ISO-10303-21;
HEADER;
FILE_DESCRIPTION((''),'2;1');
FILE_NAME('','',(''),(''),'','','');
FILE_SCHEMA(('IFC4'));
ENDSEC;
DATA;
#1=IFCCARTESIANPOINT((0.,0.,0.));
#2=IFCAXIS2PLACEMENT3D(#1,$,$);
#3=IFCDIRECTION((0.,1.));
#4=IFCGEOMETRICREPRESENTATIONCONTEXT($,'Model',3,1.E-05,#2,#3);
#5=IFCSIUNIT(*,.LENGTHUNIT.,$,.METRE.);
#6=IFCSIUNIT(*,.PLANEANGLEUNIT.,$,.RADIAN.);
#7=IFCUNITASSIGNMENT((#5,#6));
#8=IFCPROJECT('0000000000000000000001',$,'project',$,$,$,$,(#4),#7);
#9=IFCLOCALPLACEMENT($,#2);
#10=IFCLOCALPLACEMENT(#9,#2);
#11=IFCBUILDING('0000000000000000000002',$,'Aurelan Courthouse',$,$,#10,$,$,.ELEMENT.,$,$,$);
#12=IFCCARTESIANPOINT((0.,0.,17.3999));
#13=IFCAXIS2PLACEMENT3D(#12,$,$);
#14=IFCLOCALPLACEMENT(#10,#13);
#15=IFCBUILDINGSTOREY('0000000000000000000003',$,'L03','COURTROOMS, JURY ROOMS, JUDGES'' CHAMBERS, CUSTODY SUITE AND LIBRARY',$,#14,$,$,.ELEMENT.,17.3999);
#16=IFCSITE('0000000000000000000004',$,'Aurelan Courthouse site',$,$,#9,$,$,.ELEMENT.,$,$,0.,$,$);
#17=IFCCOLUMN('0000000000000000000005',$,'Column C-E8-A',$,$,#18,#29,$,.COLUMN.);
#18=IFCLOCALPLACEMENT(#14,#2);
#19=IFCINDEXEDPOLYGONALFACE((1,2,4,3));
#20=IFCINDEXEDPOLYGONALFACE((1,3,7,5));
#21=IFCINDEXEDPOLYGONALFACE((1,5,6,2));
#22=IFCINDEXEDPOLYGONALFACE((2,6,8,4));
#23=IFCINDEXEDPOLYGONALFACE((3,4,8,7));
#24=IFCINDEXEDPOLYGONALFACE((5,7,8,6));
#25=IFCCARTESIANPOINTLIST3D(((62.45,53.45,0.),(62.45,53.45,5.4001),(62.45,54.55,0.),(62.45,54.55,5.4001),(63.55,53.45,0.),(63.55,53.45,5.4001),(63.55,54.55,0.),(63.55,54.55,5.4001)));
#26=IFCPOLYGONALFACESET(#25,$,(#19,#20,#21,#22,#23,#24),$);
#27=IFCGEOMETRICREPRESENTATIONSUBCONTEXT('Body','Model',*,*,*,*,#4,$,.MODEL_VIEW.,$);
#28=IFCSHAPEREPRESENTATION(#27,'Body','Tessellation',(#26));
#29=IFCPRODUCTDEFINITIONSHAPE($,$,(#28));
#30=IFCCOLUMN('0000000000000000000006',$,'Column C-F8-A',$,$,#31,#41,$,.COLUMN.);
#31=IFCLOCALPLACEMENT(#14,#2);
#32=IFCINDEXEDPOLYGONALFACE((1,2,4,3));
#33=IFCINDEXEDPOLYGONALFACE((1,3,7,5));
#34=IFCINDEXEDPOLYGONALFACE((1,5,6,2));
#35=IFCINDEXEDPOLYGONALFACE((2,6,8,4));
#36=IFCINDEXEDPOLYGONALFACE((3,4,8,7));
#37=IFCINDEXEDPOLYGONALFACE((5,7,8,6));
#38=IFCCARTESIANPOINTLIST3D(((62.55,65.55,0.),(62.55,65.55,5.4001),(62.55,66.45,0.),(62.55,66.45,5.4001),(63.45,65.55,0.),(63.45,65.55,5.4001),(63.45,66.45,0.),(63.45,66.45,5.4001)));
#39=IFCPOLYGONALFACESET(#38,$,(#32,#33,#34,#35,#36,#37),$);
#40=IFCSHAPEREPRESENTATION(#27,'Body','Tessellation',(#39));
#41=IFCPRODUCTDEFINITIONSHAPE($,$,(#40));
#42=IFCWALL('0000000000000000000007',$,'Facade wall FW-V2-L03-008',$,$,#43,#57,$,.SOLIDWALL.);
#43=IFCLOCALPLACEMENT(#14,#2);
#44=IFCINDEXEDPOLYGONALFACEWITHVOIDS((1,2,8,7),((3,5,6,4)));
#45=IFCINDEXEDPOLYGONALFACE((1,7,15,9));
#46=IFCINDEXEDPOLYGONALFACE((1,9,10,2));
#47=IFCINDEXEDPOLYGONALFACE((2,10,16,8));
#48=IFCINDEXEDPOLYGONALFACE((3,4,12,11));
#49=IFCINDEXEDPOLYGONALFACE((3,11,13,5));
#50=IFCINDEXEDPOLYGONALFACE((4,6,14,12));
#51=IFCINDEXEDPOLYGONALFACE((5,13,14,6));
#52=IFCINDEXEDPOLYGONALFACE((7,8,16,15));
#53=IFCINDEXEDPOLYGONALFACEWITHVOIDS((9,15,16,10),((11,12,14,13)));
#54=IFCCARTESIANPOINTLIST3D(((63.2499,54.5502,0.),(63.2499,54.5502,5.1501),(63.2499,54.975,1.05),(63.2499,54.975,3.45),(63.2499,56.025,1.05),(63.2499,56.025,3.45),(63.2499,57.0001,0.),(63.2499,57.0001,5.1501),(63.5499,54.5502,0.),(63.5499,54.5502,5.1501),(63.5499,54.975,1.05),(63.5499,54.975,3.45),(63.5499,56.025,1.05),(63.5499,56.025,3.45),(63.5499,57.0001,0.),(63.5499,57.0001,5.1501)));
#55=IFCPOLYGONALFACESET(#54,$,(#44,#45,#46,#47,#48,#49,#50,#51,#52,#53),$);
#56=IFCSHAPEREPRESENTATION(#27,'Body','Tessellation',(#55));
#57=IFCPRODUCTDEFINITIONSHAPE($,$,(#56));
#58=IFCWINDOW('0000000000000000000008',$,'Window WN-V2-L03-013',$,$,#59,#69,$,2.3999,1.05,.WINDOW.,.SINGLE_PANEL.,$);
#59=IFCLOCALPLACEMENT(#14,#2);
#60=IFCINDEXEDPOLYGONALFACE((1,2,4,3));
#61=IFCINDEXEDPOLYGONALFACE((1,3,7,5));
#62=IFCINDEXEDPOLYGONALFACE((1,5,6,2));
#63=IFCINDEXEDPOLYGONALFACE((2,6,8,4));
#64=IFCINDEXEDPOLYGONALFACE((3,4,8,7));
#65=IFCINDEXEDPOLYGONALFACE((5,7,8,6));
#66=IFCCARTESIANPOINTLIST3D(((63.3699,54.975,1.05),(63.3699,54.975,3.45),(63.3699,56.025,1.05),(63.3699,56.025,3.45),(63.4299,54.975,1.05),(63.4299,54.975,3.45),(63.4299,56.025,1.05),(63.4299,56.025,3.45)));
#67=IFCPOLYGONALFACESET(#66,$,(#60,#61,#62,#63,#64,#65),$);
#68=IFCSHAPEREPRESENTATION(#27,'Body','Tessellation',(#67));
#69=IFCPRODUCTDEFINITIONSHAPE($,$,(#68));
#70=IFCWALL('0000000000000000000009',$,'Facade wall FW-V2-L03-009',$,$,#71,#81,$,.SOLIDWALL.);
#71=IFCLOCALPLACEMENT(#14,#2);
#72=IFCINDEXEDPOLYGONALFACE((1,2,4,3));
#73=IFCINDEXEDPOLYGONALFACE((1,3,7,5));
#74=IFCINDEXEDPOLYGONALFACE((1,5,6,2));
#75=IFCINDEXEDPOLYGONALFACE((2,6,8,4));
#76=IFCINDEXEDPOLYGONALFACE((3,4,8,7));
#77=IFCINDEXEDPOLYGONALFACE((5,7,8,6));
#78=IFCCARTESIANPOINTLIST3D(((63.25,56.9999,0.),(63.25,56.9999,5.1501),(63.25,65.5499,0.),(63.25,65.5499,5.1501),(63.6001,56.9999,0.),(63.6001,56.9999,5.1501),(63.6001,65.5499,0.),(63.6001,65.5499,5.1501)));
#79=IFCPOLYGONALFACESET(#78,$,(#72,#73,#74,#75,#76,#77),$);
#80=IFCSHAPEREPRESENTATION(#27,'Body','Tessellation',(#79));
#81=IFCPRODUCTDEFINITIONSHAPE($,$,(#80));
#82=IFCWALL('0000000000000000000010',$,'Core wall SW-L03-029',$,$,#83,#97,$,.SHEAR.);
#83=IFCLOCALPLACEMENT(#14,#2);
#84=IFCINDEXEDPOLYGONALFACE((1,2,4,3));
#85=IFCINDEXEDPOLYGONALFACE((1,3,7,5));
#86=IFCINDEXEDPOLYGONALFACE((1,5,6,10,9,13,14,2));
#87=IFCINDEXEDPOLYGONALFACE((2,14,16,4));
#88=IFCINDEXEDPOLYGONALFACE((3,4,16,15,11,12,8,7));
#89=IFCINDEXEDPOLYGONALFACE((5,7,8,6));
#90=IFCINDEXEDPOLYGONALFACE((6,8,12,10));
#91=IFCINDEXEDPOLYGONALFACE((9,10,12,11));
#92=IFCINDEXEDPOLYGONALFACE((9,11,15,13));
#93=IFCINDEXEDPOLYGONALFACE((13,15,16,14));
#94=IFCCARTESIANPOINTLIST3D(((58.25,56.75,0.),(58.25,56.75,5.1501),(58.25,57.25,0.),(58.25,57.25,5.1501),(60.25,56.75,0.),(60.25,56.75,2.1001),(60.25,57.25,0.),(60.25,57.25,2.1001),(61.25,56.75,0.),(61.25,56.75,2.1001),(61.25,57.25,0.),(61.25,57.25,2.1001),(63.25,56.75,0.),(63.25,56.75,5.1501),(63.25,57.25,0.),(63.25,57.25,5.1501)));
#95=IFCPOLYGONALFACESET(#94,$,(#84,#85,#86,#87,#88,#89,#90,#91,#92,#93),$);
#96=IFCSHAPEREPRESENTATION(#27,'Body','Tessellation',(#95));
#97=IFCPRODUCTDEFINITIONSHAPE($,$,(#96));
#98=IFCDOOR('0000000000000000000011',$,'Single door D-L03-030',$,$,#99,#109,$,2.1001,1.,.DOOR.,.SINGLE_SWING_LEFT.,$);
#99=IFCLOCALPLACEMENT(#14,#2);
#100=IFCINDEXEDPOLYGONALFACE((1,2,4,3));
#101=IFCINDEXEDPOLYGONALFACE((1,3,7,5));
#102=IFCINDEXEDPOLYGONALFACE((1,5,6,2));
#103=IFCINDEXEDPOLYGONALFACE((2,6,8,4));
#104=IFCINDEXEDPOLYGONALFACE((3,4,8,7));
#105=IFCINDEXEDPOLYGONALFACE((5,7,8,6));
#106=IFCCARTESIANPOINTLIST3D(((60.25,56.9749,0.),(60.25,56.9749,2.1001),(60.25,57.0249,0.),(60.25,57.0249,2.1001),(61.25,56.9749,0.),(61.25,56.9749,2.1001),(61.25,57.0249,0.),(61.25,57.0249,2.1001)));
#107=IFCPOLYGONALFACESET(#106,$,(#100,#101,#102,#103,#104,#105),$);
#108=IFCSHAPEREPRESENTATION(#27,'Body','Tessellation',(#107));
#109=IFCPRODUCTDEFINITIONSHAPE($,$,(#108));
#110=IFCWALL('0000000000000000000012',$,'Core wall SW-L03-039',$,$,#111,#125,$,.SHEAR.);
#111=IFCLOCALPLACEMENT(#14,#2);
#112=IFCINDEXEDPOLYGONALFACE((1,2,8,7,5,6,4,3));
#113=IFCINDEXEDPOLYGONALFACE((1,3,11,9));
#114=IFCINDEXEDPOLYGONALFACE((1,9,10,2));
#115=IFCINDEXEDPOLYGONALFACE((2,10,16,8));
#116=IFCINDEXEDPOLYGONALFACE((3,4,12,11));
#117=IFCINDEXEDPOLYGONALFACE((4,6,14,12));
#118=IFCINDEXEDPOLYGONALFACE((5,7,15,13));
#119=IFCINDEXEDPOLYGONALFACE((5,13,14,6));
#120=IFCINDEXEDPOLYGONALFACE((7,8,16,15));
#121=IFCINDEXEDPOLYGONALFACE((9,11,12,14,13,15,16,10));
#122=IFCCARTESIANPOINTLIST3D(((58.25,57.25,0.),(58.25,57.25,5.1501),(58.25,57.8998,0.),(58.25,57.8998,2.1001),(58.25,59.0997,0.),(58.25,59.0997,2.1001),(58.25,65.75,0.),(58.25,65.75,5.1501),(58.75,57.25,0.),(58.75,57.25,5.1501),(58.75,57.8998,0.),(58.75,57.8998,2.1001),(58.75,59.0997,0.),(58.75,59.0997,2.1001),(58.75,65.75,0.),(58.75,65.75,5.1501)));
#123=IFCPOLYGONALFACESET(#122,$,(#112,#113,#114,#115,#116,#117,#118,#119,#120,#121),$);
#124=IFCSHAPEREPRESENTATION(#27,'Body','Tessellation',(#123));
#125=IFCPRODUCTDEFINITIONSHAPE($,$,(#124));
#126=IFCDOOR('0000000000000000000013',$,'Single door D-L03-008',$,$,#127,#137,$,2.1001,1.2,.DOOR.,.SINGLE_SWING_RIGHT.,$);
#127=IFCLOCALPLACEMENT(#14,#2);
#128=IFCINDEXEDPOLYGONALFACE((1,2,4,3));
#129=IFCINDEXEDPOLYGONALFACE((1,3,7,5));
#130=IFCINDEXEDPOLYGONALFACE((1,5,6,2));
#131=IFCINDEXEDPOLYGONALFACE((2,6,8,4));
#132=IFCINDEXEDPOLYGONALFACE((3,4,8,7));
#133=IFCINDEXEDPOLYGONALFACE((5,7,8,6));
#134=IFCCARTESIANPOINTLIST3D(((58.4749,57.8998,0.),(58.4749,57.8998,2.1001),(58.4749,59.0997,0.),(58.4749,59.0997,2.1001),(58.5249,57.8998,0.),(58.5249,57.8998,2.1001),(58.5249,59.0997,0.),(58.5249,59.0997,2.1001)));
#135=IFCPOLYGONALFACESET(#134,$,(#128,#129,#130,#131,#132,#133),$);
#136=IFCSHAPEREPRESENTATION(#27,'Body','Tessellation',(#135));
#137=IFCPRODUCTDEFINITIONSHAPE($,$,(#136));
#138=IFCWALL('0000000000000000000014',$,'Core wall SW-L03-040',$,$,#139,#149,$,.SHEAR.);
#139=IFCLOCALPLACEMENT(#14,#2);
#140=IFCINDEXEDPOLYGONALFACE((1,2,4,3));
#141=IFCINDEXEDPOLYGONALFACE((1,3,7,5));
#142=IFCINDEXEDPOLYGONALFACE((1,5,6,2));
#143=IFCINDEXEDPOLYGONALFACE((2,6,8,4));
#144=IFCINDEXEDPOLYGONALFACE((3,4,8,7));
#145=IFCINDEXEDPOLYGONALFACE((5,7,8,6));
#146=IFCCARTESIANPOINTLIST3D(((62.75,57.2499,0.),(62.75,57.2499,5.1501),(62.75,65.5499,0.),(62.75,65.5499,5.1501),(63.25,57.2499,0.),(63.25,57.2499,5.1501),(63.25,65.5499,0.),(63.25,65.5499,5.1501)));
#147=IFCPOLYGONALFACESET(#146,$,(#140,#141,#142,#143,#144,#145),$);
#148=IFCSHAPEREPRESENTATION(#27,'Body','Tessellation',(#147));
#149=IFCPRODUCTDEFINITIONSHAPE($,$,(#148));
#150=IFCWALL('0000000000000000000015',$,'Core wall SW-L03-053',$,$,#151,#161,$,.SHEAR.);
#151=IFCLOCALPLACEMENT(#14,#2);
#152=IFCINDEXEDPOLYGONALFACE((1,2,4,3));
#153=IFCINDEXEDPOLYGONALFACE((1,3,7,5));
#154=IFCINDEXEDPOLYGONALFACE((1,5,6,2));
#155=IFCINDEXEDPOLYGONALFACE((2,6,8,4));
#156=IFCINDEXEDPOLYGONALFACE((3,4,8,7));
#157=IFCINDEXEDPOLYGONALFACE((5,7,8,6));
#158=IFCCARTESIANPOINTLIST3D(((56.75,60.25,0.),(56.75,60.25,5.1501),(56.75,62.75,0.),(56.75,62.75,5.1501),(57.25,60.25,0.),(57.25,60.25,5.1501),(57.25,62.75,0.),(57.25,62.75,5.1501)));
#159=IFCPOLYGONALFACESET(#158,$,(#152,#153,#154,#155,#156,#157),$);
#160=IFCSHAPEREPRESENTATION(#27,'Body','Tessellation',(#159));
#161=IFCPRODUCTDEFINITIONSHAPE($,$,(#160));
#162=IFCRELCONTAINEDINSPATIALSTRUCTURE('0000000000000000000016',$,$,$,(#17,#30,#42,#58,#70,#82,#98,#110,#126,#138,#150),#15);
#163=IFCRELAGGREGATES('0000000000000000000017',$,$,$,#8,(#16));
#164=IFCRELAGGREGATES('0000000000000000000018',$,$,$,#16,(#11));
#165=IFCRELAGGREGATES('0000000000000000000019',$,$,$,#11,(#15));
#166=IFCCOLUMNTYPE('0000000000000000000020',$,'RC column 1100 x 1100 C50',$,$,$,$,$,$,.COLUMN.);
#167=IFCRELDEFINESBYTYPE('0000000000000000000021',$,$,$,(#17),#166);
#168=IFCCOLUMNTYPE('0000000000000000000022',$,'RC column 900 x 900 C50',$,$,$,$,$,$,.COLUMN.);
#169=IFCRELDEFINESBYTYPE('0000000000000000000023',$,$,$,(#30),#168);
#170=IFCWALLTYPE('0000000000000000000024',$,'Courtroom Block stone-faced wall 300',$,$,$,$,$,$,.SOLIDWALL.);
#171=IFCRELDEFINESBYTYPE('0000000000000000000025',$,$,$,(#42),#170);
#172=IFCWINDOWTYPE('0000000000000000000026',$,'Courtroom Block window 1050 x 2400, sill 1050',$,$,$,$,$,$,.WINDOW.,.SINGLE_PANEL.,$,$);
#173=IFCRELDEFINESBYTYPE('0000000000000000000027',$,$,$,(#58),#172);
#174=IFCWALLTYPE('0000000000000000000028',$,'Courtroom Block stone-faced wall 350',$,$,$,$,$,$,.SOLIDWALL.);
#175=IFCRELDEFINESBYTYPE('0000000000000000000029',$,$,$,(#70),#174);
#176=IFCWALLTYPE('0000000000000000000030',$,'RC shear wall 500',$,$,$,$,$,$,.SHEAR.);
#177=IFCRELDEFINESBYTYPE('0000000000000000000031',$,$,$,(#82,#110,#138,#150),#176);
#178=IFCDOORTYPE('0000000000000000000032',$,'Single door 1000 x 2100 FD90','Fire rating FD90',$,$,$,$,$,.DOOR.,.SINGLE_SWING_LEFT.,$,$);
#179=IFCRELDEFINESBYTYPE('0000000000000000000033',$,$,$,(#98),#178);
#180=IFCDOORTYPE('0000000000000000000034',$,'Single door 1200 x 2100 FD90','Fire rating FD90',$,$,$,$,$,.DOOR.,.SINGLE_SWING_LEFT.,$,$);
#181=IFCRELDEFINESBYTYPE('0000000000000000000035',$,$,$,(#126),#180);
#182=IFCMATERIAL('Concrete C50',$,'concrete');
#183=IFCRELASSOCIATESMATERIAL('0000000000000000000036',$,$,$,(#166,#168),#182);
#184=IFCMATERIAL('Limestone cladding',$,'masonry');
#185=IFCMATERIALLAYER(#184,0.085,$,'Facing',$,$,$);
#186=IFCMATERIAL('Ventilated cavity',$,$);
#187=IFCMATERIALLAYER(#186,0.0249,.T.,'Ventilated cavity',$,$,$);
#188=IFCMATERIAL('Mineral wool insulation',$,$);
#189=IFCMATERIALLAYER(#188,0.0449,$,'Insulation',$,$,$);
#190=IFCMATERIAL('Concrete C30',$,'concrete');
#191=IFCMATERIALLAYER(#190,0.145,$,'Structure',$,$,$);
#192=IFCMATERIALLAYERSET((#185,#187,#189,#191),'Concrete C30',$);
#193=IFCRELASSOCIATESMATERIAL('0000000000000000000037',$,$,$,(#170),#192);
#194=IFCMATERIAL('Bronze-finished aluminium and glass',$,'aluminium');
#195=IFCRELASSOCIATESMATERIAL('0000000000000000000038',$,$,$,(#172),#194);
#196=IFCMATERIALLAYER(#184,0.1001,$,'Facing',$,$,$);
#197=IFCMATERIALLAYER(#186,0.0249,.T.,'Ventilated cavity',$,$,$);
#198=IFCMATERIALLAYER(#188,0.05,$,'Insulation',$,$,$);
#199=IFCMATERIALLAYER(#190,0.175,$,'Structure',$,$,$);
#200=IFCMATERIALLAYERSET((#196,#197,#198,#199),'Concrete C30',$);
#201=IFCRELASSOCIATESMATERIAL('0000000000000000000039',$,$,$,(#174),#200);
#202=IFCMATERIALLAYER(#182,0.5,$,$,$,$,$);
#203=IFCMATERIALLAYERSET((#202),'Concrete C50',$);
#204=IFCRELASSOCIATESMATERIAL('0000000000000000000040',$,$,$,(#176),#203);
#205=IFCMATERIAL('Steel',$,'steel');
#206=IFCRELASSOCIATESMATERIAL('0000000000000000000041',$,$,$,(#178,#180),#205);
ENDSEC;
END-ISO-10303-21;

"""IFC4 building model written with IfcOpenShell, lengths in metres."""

from ifc_helpers import new_model, si_unit, direction, frame, frame_2d, origin, origin_2d, place, context, subcontext, project, spatial, rectangle, extrude, material, layer, layer_set, material_profile, profile_set, type_object, element, fill, save


model = new_model("IFC4")

# Units and contexts
model_context = context("Model", 3, precision=1e-05, world=origin(), true_north=direction((0.0, 1.0)))
body_context = subcontext(model_context, "Body", "Model", "MODEL_VIEW")
ifc_project = project(units=[si_unit("LENGTHUNIT", "METRE"), si_unit("PLANEANGLEUNIT", "RADIAN")], contexts=[model_context])

# Site, building, storey
site_placement = place(None, origin())
site = spatial("IfcSite", under=ifc_project, at=site_placement, Name="Aurelan Courthouse site", CompositionType="ELEMENT", RefElevation=0.0)
building_placement = place(site_placement, origin())
building = spatial("IfcBuilding", under=site, at=building_placement, Name="Aurelan Courthouse", CompositionType="ELEMENT")
storey_placement = place(building_placement, frame((0.0, 0.0, 17.3999)))
storey = spatial("IfcBuildingStorey", under=building, at=storey_placement, Name="L03", Description="COURTROOMS, JURY ROOMS, JUDGES' CHAMBERS, CUSTODY SUITE AND LIBRARY", CompositionType="ELEMENT", Elevation=17.3999)

# Columns
ifc_material_1 = material(Name="Concrete C50", Category="concrete")
ifc_material_profile_1 = material_profile(ifc_material_1, rectangle(XDim=1.1001, YDim=1.1001, at=origin_2d()), Name="RC 1100 x 1100")
ifc_profile_set_1 = profile_set([ifc_material_profile_1], Name="Concrete C50")
column_type_1 = type_object("IfcColumnType", Name="RC column 1100 x 1100 C50", PredefinedType="COLUMN", material=ifc_profile_set_1)
column_1_placement = place(storey_placement, frame((63.0, 54.0, 0.0), z_axis=(0.0, 0.0, 1.0), x_axis=(1.0, 0.0, 0.0)))
element("IfcColumn", 1, at=column_1_placement, inside=storey, type_object=column_type_1, Name="Column C-E8-A", PredefinedType="COLUMN", context=body_context, shape_type="SweptSolid", body=[
    extrude(rectangle(XDim=1.1001, YDim=1.1001, at=origin_2d()), origin(), (0.0, 0.0, 1.0), 5.4001),
])
ifc_material_profile_2 = material_profile(ifc_material_1, rectangle(XDim=0.8999, YDim=0.8999, at=origin_2d()), Name="RC 900 x 900")
ifc_profile_set_2 = profile_set([ifc_material_profile_2], Name="Concrete C50")
column_type_2 = type_object("IfcColumnType", Name="RC column 900 x 900 C50", PredefinedType="COLUMN", material=ifc_profile_set_2)
column_2_placement = place(storey_placement, frame((63.0, 66.0, 0.0), z_axis=(0.0, 0.0, 1.0), x_axis=(1.0, 0.0, 0.0)))
element("IfcColumn", 2, at=column_2_placement, inside=storey, type_object=column_type_2, Name="Column C-F8-A", PredefinedType="COLUMN", context=body_context, shape_type="SweptSolid", body=[
    extrude(rectangle(XDim=0.8999, YDim=0.8999, at=origin_2d()), origin(), (0.0, 0.0, 1.0), 5.4001),
])

# Wall, opening, window
ifc_material_2 = material(Name="Limestone cladding", Category="masonry")
ifc_layer_1 = layer(ifc_material_2, 0.085, Name="Facing")
ifc_material_3 = material(Name="Ventilated cavity")
ifc_layer_2 = layer(ifc_material_3, 0.0249, ventilated=True, Name="Ventilated cavity")
ifc_material_4 = material(Name="Mineral wool insulation")
ifc_layer_3 = layer(ifc_material_4, 0.0449, Name="Insulation")
ifc_material_5 = material(Name="Concrete C30", Category="concrete")
ifc_layer_4 = layer(ifc_material_5, 0.145, Name="Structure")
ifc_layer_set_1 = layer_set([ifc_layer_1, ifc_layer_2, ifc_layer_3, ifc_layer_4], Name="Concrete C30")
wall_type_1 = type_object("IfcWallType", Name="Courtroom Block stone-faced wall 300", PredefinedType="SOLIDWALL", material=ifc_layer_set_1)
wall_1_placement = place(storey_placement, frame((63.3999, 54.55, 0.0), z_axis=(0.0, 0.0, 1.0), x_axis=(0.0, 1.0, 0.0)))
wall_1 = element("IfcWall", 3, at=wall_1_placement, inside=storey, type_object=wall_type_1, Name="Facade wall FW-V2-L03-008", PredefinedType="SOLIDWALL", context=body_context, shape_type="SweptSolid", body=[
    extrude(rectangle(XDim=2.45, YDim=0.3, at=frame_2d((1.2251, 0.0))), origin(), (0.0, 0.0, 1.0), 5.1501),
])
opening_1_placement = place(wall_1_placement, frame((0.425, 0.0, 1.05)))
opening_1 = element("IfcOpeningElement", 4, at=opening_1_placement, cuts=wall_1, PredefinedType="OPENING", context=body_context, shape_type="SweptSolid", body=[
    extrude(rectangle(XDim=1.05, YDim=2.3999, at=frame_2d((0.5249, 1.2))), frame((0.0, 0.1599, 0.0), z_axis=(0.0, -1.0, 0.0), x_axis=(1.0, 0.0, 0.0)), (0.0, 0.0, 1.0), 0.3201),
])
ifc_material_6 = material(Name="Bronze-finished aluminium and glass", Category="aluminium")
window_type = type_object("IfcWindowType", Name="Courtroom Block window 1050 x 2400, sill 1050", PartitioningType="SINGLE_PANEL", PredefinedType="WINDOW", material=ifc_material_6)
window_placement = place(opening_1_placement, origin())
window = element("IfcWindow", 5, at=window_placement, inside=storey, type_object=window_type, Name="Window WN-V2-L03-013", OverallHeight=2.3999, OverallWidth=1.05, PartitioningType="SINGLE_PANEL", PredefinedType="WINDOW", context=body_context, shape_type="SweptSolid", body=[
    extrude(rectangle(XDim=1.05, YDim=2.3999, at=frame_2d((0.5249, 1.2))), frame((0.0, 0.03, 0.0), z_axis=(0.0, -1.0, 0.0), x_axis=(1.0, 0.0, 0.0)), (0.0, 0.0, 1.0), 0.0601),
])
fill(opening_1, window)

# Wall
ifc_layer_5 = layer(ifc_material_2, 0.1001, Name="Facing")
ifc_layer_6 = layer(ifc_material_3, 0.0249, ventilated=True, Name="Ventilated cavity")
ifc_layer_7 = layer(ifc_material_4, 0.05, Name="Insulation")
ifc_layer_8 = layer(ifc_material_5, 0.175, Name="Structure")
ifc_layer_set_2 = layer_set([ifc_layer_5, ifc_layer_6, ifc_layer_7, ifc_layer_8], Name="Concrete C30")
wall_type_2 = type_object("IfcWallType", Name="Courtroom Block stone-faced wall 350", PredefinedType="SOLIDWALL", material=ifc_layer_set_2)
wall_2_placement = place(storey_placement, frame((63.425, 57.0, 0.0), z_axis=(0.0, 0.0, 1.0), x_axis=(0.0, 1.0, 0.0)))
element("IfcWall", 6, at=wall_2_placement, inside=storey, type_object=wall_type_2, Name="Facade wall FW-V2-L03-009", PredefinedType="SOLIDWALL", context=body_context, shape_type="SweptSolid", body=[
    extrude(rectangle(XDim=8.55, YDim=0.3501, at=frame_2d((4.2749, 0.0))), origin(), (0.0, 0.0, 1.0), 5.1501),
])

# Walls, openings, doors
ifc_layer_9 = layer(ifc_material_1, 0.5)
ifc_layer_set_3 = layer_set([ifc_layer_9], Name="Concrete C50")
wall_type_3 = type_object("IfcWallType", Name="RC shear wall 500", PredefinedType="SHEAR", material=ifc_layer_set_3)
wall_3_placement = place(storey_placement, frame((58.25, 57.0, 0.0), z_axis=(0.0, 0.0, 1.0), x_axis=(1.0, 0.0, 0.0)))
wall_3 = element("IfcWall", 7, at=wall_3_placement, inside=storey, type_object=wall_type_3, Name="Core wall SW-L03-029", PredefinedType="SHEAR", context=body_context, shape_type="SweptSolid", body=[
    extrude(rectangle(XDim=5.0, YDim=0.5, at=frame_2d((2.5, 0.0))), origin(), (0.0, 0.0, 1.0), 5.1501),
])
opening_2_placement = place(wall_3_placement, frame((2.0, 0.0, 0.0)))
opening_2 = element("IfcOpeningElement", 8, at=opening_2_placement, cuts=wall_3, PredefinedType="OPENING", context=body_context, shape_type="SweptSolid", body=[
    extrude(rectangle(XDim=1.0, YDim=2.1001, at=frame_2d((0.5, 1.05))), frame((0.0, 0.26, 0.0), z_axis=(0.0, -1.0, 0.0), x_axis=(1.0, 0.0, 0.0)), (0.0, 0.0, 1.0), 0.52),
])
ifc_material_7 = material(Name="Steel", Category="steel")
door_type_1 = type_object("IfcDoorType", Name="Single door 1000 x 2100 FD90", Description="Fire rating FD90", OperationType="SINGLE_SWING_LEFT", PredefinedType="DOOR", material=ifc_material_7)
door_1_placement = place(opening_2_placement, origin())
door_1 = element("IfcDoor", 9, at=door_1_placement, inside=storey, type_object=door_type_1, Name="Single door D-L03-030", OperationType="SINGLE_SWING_LEFT", OverallHeight=2.1001, OverallWidth=1.0, PredefinedType="DOOR", context=body_context, shape_type="SweptSolid", body=[
    extrude(rectangle(XDim=1.0, YDim=2.1001, at=frame_2d((0.5, 1.05))), frame((0.0, 0.0249, 0.0), z_axis=(0.0, -1.0, 0.0), x_axis=(1.0, 0.0, 0.0)), (0.0, 0.0, 1.0), 0.05),
])
fill(opening_2, door_1)
wall_4_placement = place(storey_placement, frame((58.5, 57.25, 0.0), z_axis=(0.0, 0.0, 1.0), x_axis=(0.0, 1.0, 0.0)))
wall_4 = element("IfcWall", 10, at=wall_4_placement, inside=storey, type_object=wall_type_3, Name="Core wall SW-L03-039", PredefinedType="SHEAR", context=body_context, shape_type="SweptSolid", body=[
    extrude(rectangle(XDim=8.5, YDim=0.5, at=frame_2d((4.25, 0.0))), origin(), (0.0, 0.0, 1.0), 5.1501),
])
opening_3_placement = place(wall_4_placement, frame((1.8499, 0.0, 0.0), z_axis=(0.0, 0.0, 1.0), x_axis=(-1.0, 0.0, 0.0)))
opening_3 = element("IfcOpeningElement", 11, at=opening_3_placement, cuts=wall_4, PredefinedType="OPENING", context=body_context, shape_type="SweptSolid", body=[
    extrude(rectangle(XDim=1.2, YDim=2.1001, at=frame_2d((0.6001, 1.05))), frame((0.0, 0.26, 0.0), z_axis=(0.0, -1.0, 0.0), x_axis=(1.0, 0.0, 0.0)), (0.0, 0.0, 1.0), 0.52),
])
door_type_2 = type_object("IfcDoorType", Name="Single door 1200 x 2100 FD90", Description="Fire rating FD90", OperationType="SINGLE_SWING_LEFT", PredefinedType="DOOR", material=ifc_material_7)
door_2_placement = place(opening_3_placement, origin())
door_2 = element("IfcDoor", 12, at=door_2_placement, inside=storey, type_object=door_type_2, Name="Single door D-L03-008", OperationType="SINGLE_SWING_RIGHT", OverallHeight=2.1001, OverallWidth=1.2, PredefinedType="DOOR", context=body_context, shape_type="SweptSolid", body=[
    extrude(rectangle(XDim=1.2, YDim=2.1001, at=frame_2d((0.6001, 1.05))), frame((0.0, 0.0249, 0.0), z_axis=(0.0, -1.0, 0.0), x_axis=(1.0, 0.0, 0.0)), (0.0, 0.0, 1.0), 0.05),
])
fill(opening_3, door_2)

# Walls
wall_5_placement = place(storey_placement, frame((63.0, 57.25, 0.0), z_axis=(0.0, 0.0, 1.0), x_axis=(0.0, 1.0, 0.0)))
element("IfcWall", 13, at=wall_5_placement, inside=storey, type_object=wall_type_3, Name="Core wall SW-L03-040", PredefinedType="SHEAR", context=body_context, shape_type="SweptSolid", body=[
    extrude(rectangle(XDim=8.3, YDim=0.5, at=frame_2d((4.1499, 0.0))), origin(), (0.0, 0.0, 1.0), 5.1501),
])
wall_6_placement = place(storey_placement, frame((57.0, 60.25, 0.0), z_axis=(0.0, 0.0, 1.0), x_axis=(0.0, 1.0, 0.0)))
element("IfcWall", 14, at=wall_6_placement, inside=storey, type_object=wall_type_3, Name="Core wall SW-L03-053", PredefinedType="SHEAR", context=body_context, shape_type="SweptSolid", body=[
    extrude(rectangle(XDim=2.5, YDim=0.5, at=frame_2d((1.25, 0.0))), origin(), (0.0, 0.0, 1.0), 5.1501),
])

save(model, "model.ifc")
